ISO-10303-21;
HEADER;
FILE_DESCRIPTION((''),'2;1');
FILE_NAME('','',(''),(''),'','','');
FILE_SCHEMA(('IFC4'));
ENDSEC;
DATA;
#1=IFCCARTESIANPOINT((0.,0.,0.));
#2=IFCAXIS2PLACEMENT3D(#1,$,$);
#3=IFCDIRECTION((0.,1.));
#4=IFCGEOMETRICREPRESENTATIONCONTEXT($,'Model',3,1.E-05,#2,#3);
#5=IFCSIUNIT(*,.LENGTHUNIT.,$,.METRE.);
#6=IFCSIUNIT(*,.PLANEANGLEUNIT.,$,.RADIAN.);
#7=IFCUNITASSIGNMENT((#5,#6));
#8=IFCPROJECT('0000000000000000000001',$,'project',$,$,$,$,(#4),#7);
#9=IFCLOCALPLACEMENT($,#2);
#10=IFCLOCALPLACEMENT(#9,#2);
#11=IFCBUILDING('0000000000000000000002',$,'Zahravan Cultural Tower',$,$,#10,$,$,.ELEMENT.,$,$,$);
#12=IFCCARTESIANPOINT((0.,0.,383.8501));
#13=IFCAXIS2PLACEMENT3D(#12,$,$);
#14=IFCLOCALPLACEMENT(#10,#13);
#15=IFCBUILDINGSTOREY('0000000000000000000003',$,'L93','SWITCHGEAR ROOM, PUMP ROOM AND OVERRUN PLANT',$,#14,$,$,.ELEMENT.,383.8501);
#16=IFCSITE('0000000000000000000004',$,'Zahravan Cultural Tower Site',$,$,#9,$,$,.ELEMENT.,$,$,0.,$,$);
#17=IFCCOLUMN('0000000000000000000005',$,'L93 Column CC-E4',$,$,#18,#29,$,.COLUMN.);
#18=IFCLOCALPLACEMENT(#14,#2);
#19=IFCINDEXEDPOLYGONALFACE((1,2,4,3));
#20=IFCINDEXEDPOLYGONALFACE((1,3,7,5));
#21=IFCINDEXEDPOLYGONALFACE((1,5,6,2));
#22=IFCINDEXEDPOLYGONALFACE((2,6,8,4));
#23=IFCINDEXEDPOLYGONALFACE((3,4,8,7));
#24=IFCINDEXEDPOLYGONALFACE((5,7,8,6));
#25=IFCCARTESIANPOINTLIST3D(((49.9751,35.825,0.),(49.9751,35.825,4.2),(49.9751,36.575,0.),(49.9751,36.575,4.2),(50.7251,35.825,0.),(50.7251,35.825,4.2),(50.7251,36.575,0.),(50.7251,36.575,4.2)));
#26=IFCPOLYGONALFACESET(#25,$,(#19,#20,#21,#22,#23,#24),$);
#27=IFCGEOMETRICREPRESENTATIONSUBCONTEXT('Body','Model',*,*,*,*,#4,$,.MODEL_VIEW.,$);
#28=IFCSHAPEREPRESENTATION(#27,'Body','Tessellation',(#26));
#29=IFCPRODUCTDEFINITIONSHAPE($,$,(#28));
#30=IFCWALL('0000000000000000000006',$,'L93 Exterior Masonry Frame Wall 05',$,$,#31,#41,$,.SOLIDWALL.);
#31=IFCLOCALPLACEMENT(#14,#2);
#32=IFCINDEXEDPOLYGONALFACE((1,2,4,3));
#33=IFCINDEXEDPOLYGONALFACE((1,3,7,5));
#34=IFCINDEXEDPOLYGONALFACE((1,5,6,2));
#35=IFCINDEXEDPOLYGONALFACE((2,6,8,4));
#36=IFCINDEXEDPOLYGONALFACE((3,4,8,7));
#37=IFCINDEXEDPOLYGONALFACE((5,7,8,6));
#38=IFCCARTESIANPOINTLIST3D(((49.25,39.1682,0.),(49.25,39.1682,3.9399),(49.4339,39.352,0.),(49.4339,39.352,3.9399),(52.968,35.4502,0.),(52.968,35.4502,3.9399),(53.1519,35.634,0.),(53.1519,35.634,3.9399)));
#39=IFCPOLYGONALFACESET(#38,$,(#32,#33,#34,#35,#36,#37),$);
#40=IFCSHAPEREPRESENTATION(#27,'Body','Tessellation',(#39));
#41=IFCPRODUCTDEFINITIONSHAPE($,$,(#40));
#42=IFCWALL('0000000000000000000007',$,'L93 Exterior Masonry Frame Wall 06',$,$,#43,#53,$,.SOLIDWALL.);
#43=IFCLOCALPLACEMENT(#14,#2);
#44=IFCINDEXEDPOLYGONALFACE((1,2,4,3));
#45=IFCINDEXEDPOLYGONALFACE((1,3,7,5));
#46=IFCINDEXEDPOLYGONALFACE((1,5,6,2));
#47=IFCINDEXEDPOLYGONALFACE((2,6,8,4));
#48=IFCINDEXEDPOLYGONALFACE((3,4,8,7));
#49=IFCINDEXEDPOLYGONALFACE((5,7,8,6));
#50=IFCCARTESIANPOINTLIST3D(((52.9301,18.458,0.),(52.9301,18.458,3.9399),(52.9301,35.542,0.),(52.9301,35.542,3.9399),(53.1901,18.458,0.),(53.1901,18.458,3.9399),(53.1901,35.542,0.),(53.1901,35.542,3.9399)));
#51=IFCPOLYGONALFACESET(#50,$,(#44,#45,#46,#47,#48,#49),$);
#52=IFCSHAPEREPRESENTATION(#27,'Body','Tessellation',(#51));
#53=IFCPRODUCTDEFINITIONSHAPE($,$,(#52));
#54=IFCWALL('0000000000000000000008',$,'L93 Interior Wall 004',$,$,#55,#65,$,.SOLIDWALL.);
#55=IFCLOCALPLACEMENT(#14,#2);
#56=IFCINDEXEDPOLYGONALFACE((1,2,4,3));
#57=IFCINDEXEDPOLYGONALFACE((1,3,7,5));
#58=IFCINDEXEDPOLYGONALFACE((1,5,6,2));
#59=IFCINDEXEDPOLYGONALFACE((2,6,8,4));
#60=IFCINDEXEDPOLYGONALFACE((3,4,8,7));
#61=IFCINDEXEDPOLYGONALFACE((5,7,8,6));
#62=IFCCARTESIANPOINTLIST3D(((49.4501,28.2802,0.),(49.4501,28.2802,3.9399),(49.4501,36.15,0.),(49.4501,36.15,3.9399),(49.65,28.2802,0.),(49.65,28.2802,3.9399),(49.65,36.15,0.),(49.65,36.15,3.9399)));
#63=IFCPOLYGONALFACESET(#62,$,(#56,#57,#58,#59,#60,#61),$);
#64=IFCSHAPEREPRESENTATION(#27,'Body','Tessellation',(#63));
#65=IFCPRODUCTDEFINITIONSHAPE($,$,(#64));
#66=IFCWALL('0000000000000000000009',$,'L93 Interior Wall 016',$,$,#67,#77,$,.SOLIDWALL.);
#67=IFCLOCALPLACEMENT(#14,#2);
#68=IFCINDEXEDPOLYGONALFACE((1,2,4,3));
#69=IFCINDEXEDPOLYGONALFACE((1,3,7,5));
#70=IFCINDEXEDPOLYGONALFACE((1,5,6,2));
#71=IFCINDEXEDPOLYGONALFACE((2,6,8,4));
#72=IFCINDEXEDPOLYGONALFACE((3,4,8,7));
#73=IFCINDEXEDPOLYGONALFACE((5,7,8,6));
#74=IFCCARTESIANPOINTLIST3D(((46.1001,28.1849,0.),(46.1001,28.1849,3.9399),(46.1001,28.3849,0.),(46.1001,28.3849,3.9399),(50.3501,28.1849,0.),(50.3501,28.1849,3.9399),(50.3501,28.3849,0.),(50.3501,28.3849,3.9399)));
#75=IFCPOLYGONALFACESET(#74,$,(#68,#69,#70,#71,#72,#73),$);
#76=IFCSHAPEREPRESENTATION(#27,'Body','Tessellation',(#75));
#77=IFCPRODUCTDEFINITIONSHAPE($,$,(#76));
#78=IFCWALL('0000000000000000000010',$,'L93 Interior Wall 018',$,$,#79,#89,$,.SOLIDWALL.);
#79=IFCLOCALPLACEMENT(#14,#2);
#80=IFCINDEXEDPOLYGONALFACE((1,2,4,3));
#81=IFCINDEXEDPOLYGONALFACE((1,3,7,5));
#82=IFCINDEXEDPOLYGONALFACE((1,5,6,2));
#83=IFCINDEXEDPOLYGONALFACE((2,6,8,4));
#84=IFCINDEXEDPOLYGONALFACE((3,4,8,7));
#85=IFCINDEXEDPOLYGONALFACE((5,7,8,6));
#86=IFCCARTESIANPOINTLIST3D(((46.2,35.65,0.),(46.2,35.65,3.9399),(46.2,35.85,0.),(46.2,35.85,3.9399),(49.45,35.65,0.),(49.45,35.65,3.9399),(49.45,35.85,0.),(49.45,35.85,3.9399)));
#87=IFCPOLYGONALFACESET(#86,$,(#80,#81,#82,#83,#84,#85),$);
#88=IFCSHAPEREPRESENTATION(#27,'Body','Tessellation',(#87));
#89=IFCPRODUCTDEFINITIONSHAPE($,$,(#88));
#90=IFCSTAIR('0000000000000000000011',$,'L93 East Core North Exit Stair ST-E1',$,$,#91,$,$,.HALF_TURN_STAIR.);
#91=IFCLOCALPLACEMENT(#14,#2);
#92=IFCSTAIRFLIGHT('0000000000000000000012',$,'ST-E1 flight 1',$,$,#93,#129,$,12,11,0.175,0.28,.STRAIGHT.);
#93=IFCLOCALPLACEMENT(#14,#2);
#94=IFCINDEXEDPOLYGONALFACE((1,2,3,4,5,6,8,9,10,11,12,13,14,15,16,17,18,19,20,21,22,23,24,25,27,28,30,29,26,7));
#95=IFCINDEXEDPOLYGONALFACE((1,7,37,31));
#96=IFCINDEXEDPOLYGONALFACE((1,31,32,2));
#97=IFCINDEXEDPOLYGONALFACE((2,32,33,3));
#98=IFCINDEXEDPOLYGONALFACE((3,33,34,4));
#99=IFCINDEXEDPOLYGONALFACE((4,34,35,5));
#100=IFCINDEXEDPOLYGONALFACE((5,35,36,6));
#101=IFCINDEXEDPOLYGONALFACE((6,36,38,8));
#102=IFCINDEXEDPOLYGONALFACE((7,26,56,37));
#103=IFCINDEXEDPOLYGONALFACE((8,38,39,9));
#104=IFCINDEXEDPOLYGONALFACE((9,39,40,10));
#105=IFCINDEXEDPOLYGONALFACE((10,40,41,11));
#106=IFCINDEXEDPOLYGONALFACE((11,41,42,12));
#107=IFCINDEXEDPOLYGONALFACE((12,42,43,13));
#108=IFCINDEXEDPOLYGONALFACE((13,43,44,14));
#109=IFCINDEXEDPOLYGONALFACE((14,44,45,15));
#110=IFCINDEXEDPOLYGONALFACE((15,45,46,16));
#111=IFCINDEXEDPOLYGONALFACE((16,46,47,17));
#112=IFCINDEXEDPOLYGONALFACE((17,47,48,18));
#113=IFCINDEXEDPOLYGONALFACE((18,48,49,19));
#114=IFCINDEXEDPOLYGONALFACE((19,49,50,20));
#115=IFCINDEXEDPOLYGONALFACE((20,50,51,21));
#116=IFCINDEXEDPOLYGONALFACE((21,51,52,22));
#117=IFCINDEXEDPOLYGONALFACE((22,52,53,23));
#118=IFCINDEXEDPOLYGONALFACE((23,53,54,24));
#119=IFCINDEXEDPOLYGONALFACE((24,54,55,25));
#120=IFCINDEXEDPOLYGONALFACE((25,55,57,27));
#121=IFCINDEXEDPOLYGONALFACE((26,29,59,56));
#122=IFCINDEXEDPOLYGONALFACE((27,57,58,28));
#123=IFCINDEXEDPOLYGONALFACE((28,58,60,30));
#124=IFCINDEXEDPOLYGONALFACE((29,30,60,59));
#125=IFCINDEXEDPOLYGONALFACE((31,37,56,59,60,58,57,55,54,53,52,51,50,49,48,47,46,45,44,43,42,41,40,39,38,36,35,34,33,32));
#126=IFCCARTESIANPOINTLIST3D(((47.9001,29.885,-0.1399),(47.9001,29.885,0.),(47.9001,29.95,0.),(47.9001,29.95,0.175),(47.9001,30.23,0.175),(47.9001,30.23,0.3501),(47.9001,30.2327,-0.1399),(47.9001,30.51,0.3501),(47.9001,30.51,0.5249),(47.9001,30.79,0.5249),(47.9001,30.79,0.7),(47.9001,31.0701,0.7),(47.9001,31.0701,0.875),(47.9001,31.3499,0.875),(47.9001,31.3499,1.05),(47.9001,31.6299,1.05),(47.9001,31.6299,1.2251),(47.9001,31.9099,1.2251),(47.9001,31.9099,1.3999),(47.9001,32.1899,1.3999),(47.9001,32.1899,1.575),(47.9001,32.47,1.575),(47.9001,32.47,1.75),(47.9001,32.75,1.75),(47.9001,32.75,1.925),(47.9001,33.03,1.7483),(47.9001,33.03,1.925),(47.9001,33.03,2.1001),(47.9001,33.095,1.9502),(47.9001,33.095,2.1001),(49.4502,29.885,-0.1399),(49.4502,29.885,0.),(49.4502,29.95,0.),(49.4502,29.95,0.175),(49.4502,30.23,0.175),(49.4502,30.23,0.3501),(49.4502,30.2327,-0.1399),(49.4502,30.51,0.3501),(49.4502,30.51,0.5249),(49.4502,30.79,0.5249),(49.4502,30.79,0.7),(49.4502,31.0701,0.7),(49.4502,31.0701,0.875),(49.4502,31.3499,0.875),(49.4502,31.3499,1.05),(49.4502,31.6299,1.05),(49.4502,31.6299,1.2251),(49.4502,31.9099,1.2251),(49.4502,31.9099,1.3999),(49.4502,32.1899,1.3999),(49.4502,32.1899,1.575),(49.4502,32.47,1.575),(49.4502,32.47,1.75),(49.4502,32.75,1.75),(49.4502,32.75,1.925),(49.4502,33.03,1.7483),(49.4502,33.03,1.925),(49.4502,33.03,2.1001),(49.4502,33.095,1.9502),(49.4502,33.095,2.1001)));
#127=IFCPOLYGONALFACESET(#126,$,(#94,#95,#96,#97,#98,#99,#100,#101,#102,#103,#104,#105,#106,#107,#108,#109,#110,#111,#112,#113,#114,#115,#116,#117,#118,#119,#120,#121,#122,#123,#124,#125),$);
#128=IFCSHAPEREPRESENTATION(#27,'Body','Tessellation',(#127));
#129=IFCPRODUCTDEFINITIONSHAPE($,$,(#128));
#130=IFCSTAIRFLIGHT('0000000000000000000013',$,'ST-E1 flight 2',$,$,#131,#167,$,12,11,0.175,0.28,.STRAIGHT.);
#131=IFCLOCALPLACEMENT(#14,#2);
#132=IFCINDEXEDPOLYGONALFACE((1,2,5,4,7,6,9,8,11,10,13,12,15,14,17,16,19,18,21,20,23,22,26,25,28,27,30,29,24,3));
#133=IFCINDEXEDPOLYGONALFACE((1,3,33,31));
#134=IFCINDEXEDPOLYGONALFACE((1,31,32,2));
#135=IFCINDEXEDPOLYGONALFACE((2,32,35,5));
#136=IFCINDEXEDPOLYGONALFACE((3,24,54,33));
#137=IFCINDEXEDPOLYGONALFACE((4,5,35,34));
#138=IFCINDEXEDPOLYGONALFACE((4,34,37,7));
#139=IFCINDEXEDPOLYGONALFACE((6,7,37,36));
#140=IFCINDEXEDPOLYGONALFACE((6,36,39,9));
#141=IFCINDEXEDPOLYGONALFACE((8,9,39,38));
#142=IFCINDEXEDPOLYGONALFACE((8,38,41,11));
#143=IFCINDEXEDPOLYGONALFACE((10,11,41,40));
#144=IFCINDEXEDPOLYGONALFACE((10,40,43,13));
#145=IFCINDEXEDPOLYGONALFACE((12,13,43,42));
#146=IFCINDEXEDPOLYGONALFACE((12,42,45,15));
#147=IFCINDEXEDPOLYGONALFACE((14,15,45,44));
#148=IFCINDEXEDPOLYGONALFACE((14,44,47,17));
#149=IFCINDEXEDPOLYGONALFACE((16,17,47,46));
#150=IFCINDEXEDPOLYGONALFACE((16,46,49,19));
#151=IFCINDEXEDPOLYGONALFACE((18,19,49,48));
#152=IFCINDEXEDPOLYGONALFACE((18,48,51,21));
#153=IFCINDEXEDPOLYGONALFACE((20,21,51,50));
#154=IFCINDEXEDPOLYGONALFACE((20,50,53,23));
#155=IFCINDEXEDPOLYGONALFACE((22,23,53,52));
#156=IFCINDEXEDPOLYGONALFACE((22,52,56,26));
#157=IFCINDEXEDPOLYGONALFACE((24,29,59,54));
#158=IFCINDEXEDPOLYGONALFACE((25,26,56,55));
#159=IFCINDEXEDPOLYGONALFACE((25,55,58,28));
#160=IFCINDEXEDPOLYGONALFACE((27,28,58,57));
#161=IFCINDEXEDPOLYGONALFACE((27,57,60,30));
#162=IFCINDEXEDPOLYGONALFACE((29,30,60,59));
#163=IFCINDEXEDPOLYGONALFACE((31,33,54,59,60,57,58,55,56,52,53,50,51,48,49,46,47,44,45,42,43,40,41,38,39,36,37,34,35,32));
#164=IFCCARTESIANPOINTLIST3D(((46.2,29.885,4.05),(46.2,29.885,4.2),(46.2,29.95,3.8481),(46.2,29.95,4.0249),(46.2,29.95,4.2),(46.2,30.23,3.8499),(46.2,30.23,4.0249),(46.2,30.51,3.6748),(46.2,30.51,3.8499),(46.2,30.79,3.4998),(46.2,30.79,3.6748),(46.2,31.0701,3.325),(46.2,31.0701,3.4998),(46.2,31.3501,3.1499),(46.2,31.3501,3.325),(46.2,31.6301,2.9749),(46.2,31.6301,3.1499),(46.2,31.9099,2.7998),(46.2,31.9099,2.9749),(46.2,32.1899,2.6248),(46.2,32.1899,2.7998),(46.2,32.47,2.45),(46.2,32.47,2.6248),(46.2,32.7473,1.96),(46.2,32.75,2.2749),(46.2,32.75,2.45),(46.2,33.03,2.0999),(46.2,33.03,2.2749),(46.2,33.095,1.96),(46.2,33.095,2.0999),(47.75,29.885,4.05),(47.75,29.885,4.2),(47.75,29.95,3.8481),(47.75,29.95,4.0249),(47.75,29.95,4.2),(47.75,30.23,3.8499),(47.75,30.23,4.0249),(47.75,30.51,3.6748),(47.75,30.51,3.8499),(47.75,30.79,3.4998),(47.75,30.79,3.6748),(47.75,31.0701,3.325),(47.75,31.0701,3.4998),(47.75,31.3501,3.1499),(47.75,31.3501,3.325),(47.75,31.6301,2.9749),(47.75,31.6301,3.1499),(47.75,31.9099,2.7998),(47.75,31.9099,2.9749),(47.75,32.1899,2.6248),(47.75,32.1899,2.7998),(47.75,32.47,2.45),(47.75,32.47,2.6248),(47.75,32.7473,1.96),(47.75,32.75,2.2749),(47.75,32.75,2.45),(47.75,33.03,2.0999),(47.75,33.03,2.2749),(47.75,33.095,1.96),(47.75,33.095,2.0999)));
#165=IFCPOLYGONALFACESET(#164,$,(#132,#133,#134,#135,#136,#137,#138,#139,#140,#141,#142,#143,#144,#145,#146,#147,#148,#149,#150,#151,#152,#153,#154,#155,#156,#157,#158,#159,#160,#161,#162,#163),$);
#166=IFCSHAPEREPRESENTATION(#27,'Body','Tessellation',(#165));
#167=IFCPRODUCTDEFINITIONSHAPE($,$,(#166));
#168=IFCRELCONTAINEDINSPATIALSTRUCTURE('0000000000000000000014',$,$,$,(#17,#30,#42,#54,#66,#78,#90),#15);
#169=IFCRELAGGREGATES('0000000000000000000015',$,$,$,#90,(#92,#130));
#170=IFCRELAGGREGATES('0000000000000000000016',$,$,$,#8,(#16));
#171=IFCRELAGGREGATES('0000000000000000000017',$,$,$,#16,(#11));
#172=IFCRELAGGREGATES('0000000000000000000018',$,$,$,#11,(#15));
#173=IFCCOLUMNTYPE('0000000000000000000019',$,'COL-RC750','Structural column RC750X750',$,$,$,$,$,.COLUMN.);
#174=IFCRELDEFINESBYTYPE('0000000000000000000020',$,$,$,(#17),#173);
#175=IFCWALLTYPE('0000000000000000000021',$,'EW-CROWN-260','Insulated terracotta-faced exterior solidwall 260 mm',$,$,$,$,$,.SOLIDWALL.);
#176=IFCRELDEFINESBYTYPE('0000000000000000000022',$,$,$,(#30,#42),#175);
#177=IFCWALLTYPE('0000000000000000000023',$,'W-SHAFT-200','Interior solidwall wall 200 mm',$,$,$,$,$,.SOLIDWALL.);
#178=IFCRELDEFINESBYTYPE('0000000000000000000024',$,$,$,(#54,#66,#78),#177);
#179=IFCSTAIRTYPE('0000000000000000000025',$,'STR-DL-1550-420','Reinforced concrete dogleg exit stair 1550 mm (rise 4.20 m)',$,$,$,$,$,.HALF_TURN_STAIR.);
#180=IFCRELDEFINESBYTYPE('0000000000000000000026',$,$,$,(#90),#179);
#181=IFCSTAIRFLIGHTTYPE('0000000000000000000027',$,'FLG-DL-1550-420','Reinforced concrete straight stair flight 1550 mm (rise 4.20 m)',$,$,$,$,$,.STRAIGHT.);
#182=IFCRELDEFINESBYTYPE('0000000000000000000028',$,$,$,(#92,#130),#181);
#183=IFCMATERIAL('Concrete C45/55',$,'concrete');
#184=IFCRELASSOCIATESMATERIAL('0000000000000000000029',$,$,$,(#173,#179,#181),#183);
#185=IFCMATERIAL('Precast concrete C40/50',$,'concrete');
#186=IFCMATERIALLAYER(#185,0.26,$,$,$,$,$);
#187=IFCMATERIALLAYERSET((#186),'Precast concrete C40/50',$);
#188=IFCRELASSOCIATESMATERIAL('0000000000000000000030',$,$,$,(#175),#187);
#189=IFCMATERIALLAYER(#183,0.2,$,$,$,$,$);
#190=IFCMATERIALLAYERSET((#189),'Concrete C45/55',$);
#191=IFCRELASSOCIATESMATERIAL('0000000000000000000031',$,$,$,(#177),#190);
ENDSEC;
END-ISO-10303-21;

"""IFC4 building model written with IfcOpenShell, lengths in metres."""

from ifc_helpers import new_model, si_unit, direction, frame, frame_2d, origin, origin_2d, place, context, subcontext, project, spatial, polyline, rectangle, outline, extrude, source, transform, mapped, material, layer, layer_set, material_profile, profile_set, type_object, element, aggregate, save


model = new_model("IFC4")

# Units and contexts
model_context = context("Model", 3, precision=1e-05, world=origin(), true_north=direction((0.0, 1.0)))
body_context = subcontext(model_context, "Body", "Model", "MODEL_VIEW")
ifc_project = project(units=[si_unit("LENGTHUNIT", "METRE"), si_unit("PLANEANGLEUNIT", "RADIAN")], contexts=[model_context])

# Site, building, storey
site_placement = place(None, origin())
site = spatial("IfcSite", under=ifc_project, at=site_placement, Name="Zahravan Cultural Tower Site", CompositionType="ELEMENT", RefElevation=0.0)
building_placement = place(site_placement, origin())
building = spatial("IfcBuilding", under=site, at=building_placement, Name="Zahravan Cultural Tower", CompositionType="ELEMENT")
storey_placement = place(building_placement, frame((0.0, 0.0, 383.8501)))
storey = spatial("IfcBuildingStorey", under=building, at=storey_placement, Name="L93", Description="SWITCHGEAR ROOM, PUMP ROOM AND OVERRUN PLANT", CompositionType="ELEMENT", Elevation=383.8501)

# Column
ifc_material_1 = material(Name="Concrete C45/55", Category="concrete")
ifc_material_profile = material_profile(ifc_material_1, rectangle(XDim=0.75, YDim=0.75, at=origin_2d()), Name="RC750X750")
ifc_profile_set = profile_set([ifc_material_profile], Name="Concrete C45/55")
column_type = type_object("IfcColumnType", Name="COL-RC750", Description="Structural column RC750X750", PredefinedType="COLUMN", material=ifc_profile_set)
shared_shape_1 = source(origin(), body_context, "Body", "SweptSolid", [
    extrude(rectangle(XDim=0.75, YDim=0.75, at=origin_2d()), origin(), (0.0, 0.0, 1.0), 4.2),
])
column_placement = place(storey_placement, frame((50.3501, 36.2, 0.0), z_axis=(0.0, 0.0, 1.0), x_axis=(1.0, 0.0, 0.0)))
element("IfcColumn", 1, at=column_placement, inside=storey, type_object=column_type, Name="L93 Column CC-E4", PredefinedType="COLUMN", context=body_context, shape_type="MappedRepresentation", body=[
    mapped(shared_shape_1, transform((0.0, 0.0, 0.0), x_axis=(1.0, 0.0, 0.0), y_axis=(0.0, 1.0, 0.0), z_axis=(0.0, 0.0, 1.0), scale=1.0)),
])

# Walls
ifc_material_2 = material(Name="Precast concrete C40/50", Category="concrete")
ifc_layer_1 = layer(ifc_material_2, 0.26)
ifc_layer_set_1 = layer_set([ifc_layer_1], Name="Precast concrete C40/50")
wall_type_1 = type_object("IfcWallType", Name="EW-CROWN-260", Description="Insulated terracotta-faced exterior solidwall 260 mm", PredefinedType="SOLIDWALL", material=ifc_layer_set_1)
shared_shape_2 = source(origin(), body_context, "Body", "SweptSolid", [
    extrude(rectangle(XDim=5.2581, YDim=0.26, at=frame_2d((2.6289, 0.0))), origin(), (0.0, 0.0, 1.0), 3.9399),
])
wall_1_placement = place(storey_placement, frame((49.342, 39.26, 0.0), z_axis=(0.0, 0.0, 1.0), x_axis=(0.707107, -0.707107, 0.0)))
element("IfcWall", 2, at=wall_1_placement, inside=storey, type_object=wall_type_1, Name="L93 Exterior Masonry Frame Wall 05", PredefinedType="SOLIDWALL", context=body_context, shape_type="MappedRepresentation", body=[
    mapped(shared_shape_2, transform((0.0, 0.0, 0.0), x_axis=(1.0, 0.0, 0.0), y_axis=(0.0, 1.0, 0.0), z_axis=(0.0, 0.0, 1.0), scale=1.0)),
])
shared_shape_3 = source(origin(), body_context, "Body", "SweptSolid", [
    extrude(rectangle(XDim=17.084, YDim=0.26, at=frame_2d((8.542, 0.0))), origin(), (0.0, 0.0, 1.0), 3.9399),
])
wall_2_placement = place(storey_placement, frame((53.0601, 35.542, 0.0), z_axis=(0.0, 0.0, 1.0), x_axis=(0.0, -1.0, 0.0)))
element("IfcWall", 3, at=wall_2_placement, inside=storey, type_object=wall_type_1, Name="L93 Exterior Masonry Frame Wall 06", PredefinedType="SOLIDWALL", context=body_context, shape_type="MappedRepresentation", body=[
    mapped(shared_shape_3, transform((0.0, 0.0, 0.0), x_axis=(1.0, 0.0, 0.0), y_axis=(0.0, 1.0, 0.0), z_axis=(0.0, 0.0, 1.0), scale=1.0)),
])
ifc_layer_2 = layer(ifc_material_1, 0.2)
ifc_layer_set_2 = layer_set([ifc_layer_2], Name="Concrete C45/55")
wall_type_2 = type_object("IfcWallType", Name="W-SHAFT-200", Description="Interior solidwall wall 200 mm", PredefinedType="SOLIDWALL", material=ifc_layer_set_2)
shared_shape_4 = source(origin(), body_context, "Body", "SweptSolid", [
    extrude(rectangle(XDim=7.8699, YDim=0.2, at=frame_2d((3.9351, 0.0))), origin(), (0.0, 0.0, 1.0), 3.9399),
])
wall_3_placement = place(storey_placement, frame((49.55, 28.28, 0.0), z_axis=(0.0, 0.0, 1.0), x_axis=(0.0, 1.0, 0.0)))
element("IfcWall", 4, at=wall_3_placement, inside=storey, type_object=wall_type_2, Name="L93 Interior Wall 004", PredefinedType="SOLIDWALL", context=body_context, shape_type="MappedRepresentation", body=[
    mapped(shared_shape_4, transform((0.0, 0.0, 0.0), x_axis=(1.0, 0.0, 0.0), y_axis=(0.0, 1.0, 0.0), z_axis=(0.0, 0.0, 1.0), scale=1.0)),
])
shared_shape_5 = source(origin(), body_context, "Body", "SweptSolid", [
    extrude(rectangle(XDim=4.25, YDim=0.2, at=frame_2d((2.125, 0.0))), origin(), (0.0, 0.0, 1.0), 3.9399),
])
wall_4_placement = place(storey_placement, frame((46.1001, 28.2849, 0.0), z_axis=(0.0, 0.0, 1.0), x_axis=(1.0, 0.0, 0.0)))
element("IfcWall", 5, at=wall_4_placement, inside=storey, type_object=wall_type_2, Name="L93 Interior Wall 016", PredefinedType="SOLIDWALL", context=body_context, shape_type="MappedRepresentation", body=[
    mapped(shared_shape_5, transform((0.0, 0.0, 0.0), x_axis=(1.0, 0.0, 0.0), y_axis=(0.0, 1.0, 0.0), z_axis=(0.0, 0.0, 1.0), scale=1.0)),
])
shared_shape_6 = source(origin(), body_context, "Body", "SweptSolid", [
    extrude(rectangle(XDim=3.25, YDim=0.2, at=frame_2d((1.625, 0.0))), origin(), (0.0, 0.0, 1.0), 3.9399),
])
wall_5_placement = place(storey_placement, frame((46.2, 35.75, 0.0), z_axis=(0.0, 0.0, 1.0), x_axis=(1.0, 0.0, 0.0)))
element("IfcWall", 6, at=wall_5_placement, inside=storey, type_object=wall_type_2, Name="L93 Interior Wall 018", PredefinedType="SOLIDWALL", context=body_context, shape_type="MappedRepresentation", body=[
    mapped(shared_shape_6, transform((0.0, 0.0, 0.0), x_axis=(1.0, 0.0, 0.0), y_axis=(0.0, 1.0, 0.0), z_axis=(0.0, 0.0, 1.0), scale=1.0)),
])

# Stair, stair flights
stair_type = type_object("IfcStairType", Name="STR-DL-1550-420", Description="Reinforced concrete dogleg exit stair 1550 mm (rise 4.20 m)", PredefinedType="HALF_TURN_STAIR", material=ifc_material_1)
stair_placement = place(storey_placement, origin())
stair = element("IfcStair", 7, at=stair_placement, inside=storey, type_object=stair_type, Name="L93 East Core North Exit Stair ST-E1", PredefinedType="HALF_TURN_STAIR")
stair_flight_type = type_object("IfcStairFlightType", Name="FLG-DL-1550-420", Description="Reinforced concrete straight stair flight 1550 mm (rise 4.20 m)", PredefinedType="STRAIGHT", material=ifc_material_1)
stair_flight_1_placement = place(storey_placement, frame((48.675, 29.95, 0.0), z_axis=(0.0, 0.0, 1.0), x_axis=(0.0, 1.0, 0.0)))
stair_flight_1 = element("IfcStairFlight", 8, at=stair_flight_1_placement, type_object=stair_flight_type, Name="ST-E1 flight 1", NumberOfRisers=12, NumberOfTreads=11, PredefinedType="STRAIGHT", RiserHeight=0.175, TreadLength=0.28, context=body_context, shape_type="SweptSolid", body=[
    extrude(outline(polyline([(-0.0649, -0.1399), (-0.0649, 0.0), (0.0, 0.0), (0.0, 0.175), (0.28, 0.175), (0.28, 0.3501), (0.5601, 0.3501), (0.5601, 0.5249), (0.8401, 0.5249), (0.8401, 0.7), (1.1201, 0.7), (1.1201, 0.875), (1.3999, 0.875), (1.3999, 1.05), (1.6799, 1.05), (1.6799, 1.2251), (1.96, 1.2251), (1.96, 1.3999), (2.24, 1.3999), (2.24, 1.575), (2.52, 1.575), (2.52, 1.75), (2.8, 1.75), (2.8, 1.925), (3.0801, 1.925), (3.0801, 2.1001), (3.145, 2.1001), (3.145, 1.9502), (3.0801, 1.7483), (0.2827, -0.1399), (-0.0649, -0.1399)])), frame((0.0, 0.7749, 0.0), z_axis=(0.0, -1.0, 0.0), x_axis=(1.0, 0.0, 0.0)), (0.0, 0.0, 1.0), 1.55),
])
stair_flight_2_placement = place(storey_placement, frame((46.9751, 33.03, 2.0999), z_axis=(0.0, 0.0, 1.0), x_axis=(0.0, -1.0, 0.0)))
stair_flight_2 = element("IfcStairFlight", 9, at=stair_flight_2_placement, type_object=stair_flight_type, Name="ST-E1 flight 2", NumberOfRisers=12, NumberOfTreads=11, PredefinedType="STRAIGHT", RiserHeight=0.175, TreadLength=0.28, context=body_context, shape_type="SweptSolid", body=[
    extrude(outline(polyline([(-0.0649, -0.1399), (-0.0649, 0.0), (0.0, 0.0), (0.0, 0.175), (0.28, 0.175), (0.28, 0.3501), (0.5601, 0.3501), (0.5601, 0.5249), (0.8401, 0.5249), (0.8401, 0.7), (1.1201, 0.7), (1.1201, 0.875), (1.3999, 0.875), (1.3999, 1.05), (1.6799, 1.05), (1.6799, 1.2251), (1.96, 1.2251), (1.96, 1.3999), (2.24, 1.3999), (2.24, 1.575), (2.52, 1.575), (2.52, 1.75), (2.8, 1.75), (2.8, 1.925), (3.0801, 1.925), (3.0801, 2.1001), (3.145, 2.1001), (3.145, 1.9502), (3.0801, 1.7483), (0.2827, -0.1399), (-0.0649, -0.1399)])), frame((0.0, 0.7749, 0.0), z_axis=(0.0, -1.0, 0.0), x_axis=(1.0, 0.0, 0.0)), (0.0, 0.0, 1.0), 1.55),
])
aggregate(stair, [stair_flight_1, stair_flight_2])

save(model, "model.ifc")
